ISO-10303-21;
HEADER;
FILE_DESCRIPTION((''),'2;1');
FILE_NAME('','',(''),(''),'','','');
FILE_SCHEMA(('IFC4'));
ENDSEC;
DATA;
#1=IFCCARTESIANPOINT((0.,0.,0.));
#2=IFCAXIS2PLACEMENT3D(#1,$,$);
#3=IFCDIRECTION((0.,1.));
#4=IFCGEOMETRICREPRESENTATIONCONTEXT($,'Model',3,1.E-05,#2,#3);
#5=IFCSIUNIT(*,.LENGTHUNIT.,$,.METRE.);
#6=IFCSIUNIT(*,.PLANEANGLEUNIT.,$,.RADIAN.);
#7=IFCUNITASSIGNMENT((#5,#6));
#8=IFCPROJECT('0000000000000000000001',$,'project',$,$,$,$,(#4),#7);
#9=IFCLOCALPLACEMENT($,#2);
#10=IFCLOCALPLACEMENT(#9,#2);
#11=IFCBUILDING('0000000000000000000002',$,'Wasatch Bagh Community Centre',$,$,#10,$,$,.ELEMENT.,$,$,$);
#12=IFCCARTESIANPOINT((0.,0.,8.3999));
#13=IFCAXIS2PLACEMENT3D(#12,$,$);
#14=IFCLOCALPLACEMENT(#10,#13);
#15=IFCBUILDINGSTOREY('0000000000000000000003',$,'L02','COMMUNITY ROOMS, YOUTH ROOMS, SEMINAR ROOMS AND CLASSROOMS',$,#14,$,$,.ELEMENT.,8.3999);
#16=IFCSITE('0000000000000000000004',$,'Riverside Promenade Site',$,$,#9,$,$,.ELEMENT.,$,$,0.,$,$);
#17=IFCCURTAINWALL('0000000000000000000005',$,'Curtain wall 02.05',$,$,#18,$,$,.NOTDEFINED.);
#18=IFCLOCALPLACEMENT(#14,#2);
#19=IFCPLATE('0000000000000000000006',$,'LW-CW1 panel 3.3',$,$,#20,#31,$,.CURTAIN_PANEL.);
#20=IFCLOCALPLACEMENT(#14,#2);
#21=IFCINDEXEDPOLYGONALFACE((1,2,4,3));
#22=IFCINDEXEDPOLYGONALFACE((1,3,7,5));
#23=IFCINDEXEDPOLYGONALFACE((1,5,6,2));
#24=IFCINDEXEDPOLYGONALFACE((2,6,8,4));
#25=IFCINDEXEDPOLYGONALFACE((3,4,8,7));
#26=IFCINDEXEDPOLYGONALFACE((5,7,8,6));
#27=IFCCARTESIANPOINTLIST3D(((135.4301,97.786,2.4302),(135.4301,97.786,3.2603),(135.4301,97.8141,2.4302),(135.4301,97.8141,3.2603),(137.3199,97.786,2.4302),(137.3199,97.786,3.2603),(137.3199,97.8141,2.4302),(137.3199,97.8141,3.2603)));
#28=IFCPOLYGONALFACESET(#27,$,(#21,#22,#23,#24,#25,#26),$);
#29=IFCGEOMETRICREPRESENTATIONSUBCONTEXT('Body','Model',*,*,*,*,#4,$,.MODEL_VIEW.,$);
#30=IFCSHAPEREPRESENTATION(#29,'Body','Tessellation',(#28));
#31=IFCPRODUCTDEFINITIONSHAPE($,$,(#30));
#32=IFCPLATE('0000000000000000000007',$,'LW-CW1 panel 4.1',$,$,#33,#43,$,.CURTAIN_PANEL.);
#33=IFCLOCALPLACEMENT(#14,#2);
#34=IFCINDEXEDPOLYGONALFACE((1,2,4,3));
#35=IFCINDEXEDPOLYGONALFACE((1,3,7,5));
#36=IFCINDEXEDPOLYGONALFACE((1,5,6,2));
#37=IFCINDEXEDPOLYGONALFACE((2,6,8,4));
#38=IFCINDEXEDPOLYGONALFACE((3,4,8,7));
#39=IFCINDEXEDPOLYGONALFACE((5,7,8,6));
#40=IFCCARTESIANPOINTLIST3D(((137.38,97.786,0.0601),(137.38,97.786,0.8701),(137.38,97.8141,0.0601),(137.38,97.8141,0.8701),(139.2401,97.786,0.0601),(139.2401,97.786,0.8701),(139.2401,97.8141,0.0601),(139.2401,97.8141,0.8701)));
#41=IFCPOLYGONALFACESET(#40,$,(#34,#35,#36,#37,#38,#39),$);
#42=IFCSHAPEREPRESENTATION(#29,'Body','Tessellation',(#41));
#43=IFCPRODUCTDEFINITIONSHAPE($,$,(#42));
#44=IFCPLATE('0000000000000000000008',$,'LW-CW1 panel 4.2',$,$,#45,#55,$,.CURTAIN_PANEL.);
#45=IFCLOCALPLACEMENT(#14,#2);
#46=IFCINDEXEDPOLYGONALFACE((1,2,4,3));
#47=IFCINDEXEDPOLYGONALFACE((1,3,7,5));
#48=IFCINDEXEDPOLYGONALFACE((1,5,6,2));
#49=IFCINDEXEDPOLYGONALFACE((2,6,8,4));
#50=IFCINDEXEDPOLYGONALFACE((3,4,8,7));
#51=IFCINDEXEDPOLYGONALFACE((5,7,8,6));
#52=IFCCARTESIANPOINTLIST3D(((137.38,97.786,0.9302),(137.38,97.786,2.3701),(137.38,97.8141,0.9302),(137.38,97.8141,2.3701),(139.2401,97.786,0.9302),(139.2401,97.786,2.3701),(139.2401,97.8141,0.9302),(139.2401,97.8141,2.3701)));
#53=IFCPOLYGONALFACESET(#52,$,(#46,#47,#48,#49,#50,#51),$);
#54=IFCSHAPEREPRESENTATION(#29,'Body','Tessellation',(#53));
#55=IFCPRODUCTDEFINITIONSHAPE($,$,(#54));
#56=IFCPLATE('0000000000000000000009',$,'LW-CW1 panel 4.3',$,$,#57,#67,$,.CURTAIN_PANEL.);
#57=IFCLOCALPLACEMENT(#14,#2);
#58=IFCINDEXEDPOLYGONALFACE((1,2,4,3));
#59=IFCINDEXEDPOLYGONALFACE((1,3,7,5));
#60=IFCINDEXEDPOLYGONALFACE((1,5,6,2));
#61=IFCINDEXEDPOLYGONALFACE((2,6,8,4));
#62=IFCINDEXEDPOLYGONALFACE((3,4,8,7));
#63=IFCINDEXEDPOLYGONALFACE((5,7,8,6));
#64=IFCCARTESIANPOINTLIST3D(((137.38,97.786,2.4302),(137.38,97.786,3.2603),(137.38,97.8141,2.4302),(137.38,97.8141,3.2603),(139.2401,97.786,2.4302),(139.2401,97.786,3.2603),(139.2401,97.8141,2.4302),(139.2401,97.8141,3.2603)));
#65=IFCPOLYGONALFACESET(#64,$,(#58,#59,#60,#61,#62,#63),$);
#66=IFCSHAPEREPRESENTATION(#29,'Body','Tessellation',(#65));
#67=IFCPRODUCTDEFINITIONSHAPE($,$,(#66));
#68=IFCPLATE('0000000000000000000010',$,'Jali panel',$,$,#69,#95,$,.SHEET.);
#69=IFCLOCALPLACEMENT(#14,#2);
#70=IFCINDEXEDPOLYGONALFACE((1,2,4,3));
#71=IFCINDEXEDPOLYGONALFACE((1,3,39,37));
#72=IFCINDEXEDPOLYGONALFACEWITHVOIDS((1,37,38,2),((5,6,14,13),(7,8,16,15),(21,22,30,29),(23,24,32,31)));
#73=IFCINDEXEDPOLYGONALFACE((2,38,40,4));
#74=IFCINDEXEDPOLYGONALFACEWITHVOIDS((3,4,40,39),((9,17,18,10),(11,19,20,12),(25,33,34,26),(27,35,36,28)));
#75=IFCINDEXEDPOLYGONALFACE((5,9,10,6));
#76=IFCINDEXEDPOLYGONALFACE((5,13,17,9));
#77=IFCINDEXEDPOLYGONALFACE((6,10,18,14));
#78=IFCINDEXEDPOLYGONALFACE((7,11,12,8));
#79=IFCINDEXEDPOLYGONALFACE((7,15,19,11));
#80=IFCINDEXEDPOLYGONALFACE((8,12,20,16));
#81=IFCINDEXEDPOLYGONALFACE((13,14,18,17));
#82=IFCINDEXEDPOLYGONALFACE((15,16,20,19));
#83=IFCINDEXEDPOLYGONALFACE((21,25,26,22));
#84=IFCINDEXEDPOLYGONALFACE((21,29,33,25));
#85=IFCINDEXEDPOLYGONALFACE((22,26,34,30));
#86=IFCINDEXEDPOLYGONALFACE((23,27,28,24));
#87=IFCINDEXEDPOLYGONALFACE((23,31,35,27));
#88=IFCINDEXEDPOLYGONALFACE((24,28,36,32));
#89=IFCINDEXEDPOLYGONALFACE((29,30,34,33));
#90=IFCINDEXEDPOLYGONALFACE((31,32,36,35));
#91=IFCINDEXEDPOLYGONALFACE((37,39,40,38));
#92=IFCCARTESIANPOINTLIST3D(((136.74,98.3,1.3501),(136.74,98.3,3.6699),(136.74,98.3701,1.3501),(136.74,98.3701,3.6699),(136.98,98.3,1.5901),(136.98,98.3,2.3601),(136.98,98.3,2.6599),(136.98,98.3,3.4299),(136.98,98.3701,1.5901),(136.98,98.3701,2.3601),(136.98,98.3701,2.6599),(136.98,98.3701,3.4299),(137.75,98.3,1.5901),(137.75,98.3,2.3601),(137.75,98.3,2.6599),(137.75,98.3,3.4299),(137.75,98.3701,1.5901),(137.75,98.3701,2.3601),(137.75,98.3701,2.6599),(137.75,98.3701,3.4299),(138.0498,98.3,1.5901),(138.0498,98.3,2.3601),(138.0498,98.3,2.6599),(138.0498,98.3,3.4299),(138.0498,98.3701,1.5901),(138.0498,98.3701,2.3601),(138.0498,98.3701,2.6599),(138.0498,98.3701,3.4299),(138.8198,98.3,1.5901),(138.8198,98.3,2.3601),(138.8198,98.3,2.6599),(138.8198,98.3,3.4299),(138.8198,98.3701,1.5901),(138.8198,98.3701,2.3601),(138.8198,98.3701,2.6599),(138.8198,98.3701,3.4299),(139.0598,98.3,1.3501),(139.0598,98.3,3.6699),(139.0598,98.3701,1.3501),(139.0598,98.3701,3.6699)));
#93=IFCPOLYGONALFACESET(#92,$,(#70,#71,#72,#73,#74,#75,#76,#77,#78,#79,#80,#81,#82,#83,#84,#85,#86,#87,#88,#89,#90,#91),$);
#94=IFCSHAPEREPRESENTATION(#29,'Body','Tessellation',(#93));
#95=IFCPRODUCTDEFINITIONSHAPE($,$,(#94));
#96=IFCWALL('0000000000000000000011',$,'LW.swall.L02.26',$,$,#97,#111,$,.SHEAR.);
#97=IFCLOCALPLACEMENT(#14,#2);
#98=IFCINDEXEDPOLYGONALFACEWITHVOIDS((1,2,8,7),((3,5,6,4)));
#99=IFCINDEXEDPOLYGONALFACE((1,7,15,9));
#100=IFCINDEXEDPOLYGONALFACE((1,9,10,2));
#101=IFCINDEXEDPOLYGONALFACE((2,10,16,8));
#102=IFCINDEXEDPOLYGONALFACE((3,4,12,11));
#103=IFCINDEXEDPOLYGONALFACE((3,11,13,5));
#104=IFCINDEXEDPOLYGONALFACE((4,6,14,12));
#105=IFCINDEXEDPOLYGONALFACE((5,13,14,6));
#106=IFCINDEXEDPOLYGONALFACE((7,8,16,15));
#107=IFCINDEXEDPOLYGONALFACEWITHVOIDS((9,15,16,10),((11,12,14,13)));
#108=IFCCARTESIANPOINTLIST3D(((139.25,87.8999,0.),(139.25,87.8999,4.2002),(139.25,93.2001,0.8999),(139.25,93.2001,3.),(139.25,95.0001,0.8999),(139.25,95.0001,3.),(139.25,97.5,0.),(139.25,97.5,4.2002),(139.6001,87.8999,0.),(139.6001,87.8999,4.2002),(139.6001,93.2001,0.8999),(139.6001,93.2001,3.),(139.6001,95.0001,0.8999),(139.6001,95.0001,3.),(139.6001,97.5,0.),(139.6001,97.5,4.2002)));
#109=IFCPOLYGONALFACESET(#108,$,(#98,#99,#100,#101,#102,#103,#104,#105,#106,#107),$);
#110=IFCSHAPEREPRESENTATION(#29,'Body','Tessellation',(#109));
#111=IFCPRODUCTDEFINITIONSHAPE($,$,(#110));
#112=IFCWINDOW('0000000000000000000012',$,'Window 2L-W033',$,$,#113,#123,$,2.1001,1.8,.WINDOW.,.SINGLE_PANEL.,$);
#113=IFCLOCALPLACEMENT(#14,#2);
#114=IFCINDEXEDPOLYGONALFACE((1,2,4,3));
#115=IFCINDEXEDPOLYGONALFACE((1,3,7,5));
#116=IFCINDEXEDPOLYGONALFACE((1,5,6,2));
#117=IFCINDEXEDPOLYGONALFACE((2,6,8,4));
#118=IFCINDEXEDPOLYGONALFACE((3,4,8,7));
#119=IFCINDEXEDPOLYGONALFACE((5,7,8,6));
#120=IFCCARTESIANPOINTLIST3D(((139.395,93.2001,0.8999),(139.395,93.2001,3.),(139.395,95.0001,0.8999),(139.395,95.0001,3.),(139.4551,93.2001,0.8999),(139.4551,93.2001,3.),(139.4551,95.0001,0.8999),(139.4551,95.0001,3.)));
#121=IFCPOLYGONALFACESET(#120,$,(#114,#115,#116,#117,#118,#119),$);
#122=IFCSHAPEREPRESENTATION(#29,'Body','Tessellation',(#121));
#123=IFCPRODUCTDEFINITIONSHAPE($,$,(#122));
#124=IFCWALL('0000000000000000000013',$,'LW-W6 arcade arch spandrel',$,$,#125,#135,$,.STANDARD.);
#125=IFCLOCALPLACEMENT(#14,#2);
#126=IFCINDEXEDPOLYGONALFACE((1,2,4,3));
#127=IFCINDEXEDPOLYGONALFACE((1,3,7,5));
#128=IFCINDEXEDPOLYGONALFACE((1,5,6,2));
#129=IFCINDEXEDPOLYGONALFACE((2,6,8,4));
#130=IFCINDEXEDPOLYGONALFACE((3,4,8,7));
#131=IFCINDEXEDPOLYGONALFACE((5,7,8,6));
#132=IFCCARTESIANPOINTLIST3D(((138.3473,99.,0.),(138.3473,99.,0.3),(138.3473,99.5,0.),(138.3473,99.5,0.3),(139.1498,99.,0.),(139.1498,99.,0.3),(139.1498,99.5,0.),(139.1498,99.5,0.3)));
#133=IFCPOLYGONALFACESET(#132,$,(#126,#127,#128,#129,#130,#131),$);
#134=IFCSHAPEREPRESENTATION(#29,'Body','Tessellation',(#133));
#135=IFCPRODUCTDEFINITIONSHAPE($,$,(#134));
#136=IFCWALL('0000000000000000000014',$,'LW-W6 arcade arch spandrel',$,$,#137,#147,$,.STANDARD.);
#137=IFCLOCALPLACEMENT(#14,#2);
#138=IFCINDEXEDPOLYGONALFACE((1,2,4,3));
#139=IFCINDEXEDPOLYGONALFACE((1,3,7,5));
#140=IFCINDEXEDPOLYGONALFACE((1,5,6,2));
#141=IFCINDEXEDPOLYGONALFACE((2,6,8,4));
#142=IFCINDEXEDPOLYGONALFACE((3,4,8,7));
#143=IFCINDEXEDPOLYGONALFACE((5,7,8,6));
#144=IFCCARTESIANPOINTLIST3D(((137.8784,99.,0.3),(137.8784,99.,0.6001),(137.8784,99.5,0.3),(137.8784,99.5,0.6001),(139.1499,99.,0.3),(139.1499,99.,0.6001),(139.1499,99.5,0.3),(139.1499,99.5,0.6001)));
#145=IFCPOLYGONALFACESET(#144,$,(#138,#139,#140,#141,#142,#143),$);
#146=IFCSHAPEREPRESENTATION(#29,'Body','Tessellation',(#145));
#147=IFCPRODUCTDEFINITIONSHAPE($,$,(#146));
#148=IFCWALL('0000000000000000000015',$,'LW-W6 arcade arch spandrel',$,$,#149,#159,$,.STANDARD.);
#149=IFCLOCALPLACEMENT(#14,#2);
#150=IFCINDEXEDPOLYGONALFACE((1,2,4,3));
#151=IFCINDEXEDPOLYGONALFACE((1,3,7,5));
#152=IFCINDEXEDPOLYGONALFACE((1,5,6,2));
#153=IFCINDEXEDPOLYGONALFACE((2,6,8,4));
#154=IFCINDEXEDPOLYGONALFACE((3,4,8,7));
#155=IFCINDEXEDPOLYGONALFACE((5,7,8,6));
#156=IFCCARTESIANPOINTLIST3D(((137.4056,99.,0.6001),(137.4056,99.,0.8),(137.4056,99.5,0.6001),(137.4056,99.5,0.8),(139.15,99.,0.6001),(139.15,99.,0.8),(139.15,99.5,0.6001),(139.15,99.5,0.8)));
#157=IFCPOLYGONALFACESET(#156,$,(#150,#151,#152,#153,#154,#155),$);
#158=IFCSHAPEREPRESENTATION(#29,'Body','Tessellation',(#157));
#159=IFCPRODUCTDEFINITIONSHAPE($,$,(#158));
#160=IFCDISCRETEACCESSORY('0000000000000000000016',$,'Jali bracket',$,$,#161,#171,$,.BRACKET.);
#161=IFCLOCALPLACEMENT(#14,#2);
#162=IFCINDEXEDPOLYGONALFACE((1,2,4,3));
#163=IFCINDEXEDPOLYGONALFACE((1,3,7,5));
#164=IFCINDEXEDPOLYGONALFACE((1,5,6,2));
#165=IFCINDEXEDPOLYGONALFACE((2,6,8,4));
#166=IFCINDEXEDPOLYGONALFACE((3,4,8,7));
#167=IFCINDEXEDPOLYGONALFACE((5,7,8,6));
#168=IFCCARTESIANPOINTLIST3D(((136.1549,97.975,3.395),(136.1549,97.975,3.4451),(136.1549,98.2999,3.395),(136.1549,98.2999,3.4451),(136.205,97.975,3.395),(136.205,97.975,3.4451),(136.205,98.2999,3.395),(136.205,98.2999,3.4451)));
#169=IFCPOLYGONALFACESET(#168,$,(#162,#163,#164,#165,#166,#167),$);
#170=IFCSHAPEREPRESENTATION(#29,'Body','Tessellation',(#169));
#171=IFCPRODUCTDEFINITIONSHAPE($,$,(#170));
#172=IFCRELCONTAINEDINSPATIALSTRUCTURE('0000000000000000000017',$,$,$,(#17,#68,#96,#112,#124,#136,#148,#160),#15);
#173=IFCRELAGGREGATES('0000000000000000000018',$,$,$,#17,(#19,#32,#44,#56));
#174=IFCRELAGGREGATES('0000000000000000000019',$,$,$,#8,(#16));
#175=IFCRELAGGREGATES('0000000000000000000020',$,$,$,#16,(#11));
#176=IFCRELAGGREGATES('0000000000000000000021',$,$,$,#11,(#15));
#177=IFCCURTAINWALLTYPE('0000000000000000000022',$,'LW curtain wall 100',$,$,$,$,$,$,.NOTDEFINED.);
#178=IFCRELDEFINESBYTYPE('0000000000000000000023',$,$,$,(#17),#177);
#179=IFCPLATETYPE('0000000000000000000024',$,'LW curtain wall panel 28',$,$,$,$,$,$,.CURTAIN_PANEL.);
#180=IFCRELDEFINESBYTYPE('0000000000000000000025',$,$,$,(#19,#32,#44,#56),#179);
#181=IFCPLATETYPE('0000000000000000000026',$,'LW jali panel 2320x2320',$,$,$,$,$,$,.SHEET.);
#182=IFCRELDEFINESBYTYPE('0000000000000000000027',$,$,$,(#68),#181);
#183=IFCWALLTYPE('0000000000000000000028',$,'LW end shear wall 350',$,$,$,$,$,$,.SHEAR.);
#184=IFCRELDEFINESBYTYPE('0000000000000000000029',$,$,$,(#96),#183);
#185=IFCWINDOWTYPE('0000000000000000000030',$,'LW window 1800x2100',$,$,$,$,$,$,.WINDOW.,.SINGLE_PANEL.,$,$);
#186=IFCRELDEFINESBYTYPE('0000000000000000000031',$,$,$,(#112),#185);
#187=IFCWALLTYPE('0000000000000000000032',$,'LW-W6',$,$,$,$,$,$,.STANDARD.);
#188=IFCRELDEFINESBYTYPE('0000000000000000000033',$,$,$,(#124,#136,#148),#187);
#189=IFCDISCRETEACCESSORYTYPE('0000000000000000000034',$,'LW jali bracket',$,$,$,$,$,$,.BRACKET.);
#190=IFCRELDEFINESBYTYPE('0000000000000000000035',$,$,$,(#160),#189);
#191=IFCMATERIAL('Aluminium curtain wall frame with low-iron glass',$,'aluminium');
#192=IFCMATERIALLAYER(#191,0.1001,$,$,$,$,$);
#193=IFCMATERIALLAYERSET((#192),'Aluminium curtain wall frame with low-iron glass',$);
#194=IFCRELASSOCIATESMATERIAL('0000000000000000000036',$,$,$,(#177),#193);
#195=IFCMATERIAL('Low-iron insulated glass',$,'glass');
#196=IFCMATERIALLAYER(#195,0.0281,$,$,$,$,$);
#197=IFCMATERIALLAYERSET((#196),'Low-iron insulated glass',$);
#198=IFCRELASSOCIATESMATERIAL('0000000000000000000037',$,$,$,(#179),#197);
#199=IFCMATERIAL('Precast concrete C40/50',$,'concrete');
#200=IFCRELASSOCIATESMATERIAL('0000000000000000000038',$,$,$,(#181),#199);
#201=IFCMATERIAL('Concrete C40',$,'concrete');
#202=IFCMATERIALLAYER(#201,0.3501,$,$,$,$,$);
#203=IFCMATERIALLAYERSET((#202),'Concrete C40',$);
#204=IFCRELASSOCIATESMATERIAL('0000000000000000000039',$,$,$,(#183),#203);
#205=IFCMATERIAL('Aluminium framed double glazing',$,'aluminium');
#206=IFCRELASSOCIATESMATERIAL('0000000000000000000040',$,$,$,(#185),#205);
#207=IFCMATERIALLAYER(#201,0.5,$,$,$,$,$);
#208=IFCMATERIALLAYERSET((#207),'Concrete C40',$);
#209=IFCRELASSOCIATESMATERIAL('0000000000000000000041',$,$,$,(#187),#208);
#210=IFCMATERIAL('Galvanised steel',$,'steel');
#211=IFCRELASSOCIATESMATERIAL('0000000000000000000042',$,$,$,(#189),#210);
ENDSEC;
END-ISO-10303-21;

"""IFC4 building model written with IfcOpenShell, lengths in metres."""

from ifc_helpers import new_model, si_unit, direction, frame, frame_2d, origin, origin_2d, place, context, subcontext, project, spatial, polyline, rectangle, outline, extrude, material, layer, layer_set, material_profile, profile_set, type_object, element, fill, aggregate, save


model = new_model("IFC4")

# Units and contexts
model_context = context("Model", 3, precision=1e-05, world=origin(), true_north=direction((0.0, 1.0)))
body_context = subcontext(model_context, "Body", "Model", "MODEL_VIEW")
ifc_project = project(units=[si_unit("LENGTHUNIT", "METRE"), si_unit("PLANEANGLEUNIT", "RADIAN")], contexts=[model_context])

# Site, building, storey
site_placement = place(None, origin())
site = spatial("IfcSite", under=ifc_project, at=site_placement, Name="Riverside Promenade Site", CompositionType="ELEMENT", RefElevation=0.0)
building_placement = place(site_placement, origin())
building = spatial("IfcBuilding", under=site, at=building_placement, Name="Wasatch Bagh Community Centre", CompositionType="ELEMENT")
storey_placement = place(building_placement, frame((0.0, 0.0, 8.3999)))
storey = spatial("IfcBuildingStorey", under=building, at=storey_placement, Name="L02", Description="COMMUNITY ROOMS, YOUTH ROOMS, SEMINAR ROOMS AND CLASSROOMS", CompositionType="ELEMENT", Elevation=8.3999)

# Shared definitions
ifc_material_1 = material(Name="Concrete C40", Category="concrete")

# Curtain wall, plates
ifc_material_2 = material(Name="Aluminium curtain wall frame with low-iron glass", Category="aluminium")
ifc_layer_1 = layer(ifc_material_2, 0.1001)
ifc_layer_set_1 = layer_set([ifc_layer_1], Name="Aluminium curtain wall frame with low-iron glass")
curtain_wall_type = type_object("IfcCurtainWallType", Name="LW curtain wall 100", PredefinedType="NOTDEFINED", material=ifc_layer_set_1)
curtain_wall_placement = place(storey_placement, origin())
curtain_wall = element("IfcCurtainWall", 1, at=curtain_wall_placement, inside=storey, type_object=curtain_wall_type, Name="Curtain wall 02.05", PredefinedType="NOTDEFINED")
ifc_material_3 = material(Name="Low-iron insulated glass", Category="glass")
ifc_layer_2 = layer(ifc_material_3, 0.0281)
ifc_layer_set_2 = layer_set([ifc_layer_2], Name="Low-iron insulated glass")
plate_type_1 = type_object("IfcPlateType", Name="LW curtain wall panel 28", PredefinedType="CURTAIN_PANEL", material=ifc_layer_set_2)
plate_1_placement = place(storey_placement, frame((136.375, 97.8, 2.4302), z_axis=(0.0, 0.0, 1.0), x_axis=(1.0, 0.0, 0.0)))
plate_1 = element("IfcPlate", 2, at=plate_1_placement, type_object=plate_type_1, Name="LW-CW1 panel 3.3", PredefinedType="CURTAIN_PANEL", context=body_context, shape_type="SweptSolid", body=[
    extrude(rectangle(XDim=1.8899, YDim=0.0281, at=origin_2d()), origin(), (0.0, 0.0, 1.0), 0.8301),
])
plate_2_placement = place(storey_placement, frame((138.3101, 97.8, 0.0601), z_axis=(0.0, 0.0, 1.0), x_axis=(1.0, 0.0, 0.0)))
plate_2 = element("IfcPlate", 3, at=plate_2_placement, type_object=plate_type_1, Name="LW-CW1 panel 4.1", PredefinedType="CURTAIN_PANEL", context=body_context, shape_type="SweptSolid", body=[
    extrude(rectangle(XDim=1.8601, YDim=0.0281, at=origin_2d()), origin(), (0.0, 0.0, 1.0), 0.8101),
])
plate_3_placement = place(storey_placement, frame((138.3101, 97.8, 0.9302), z_axis=(0.0, 0.0, 1.0), x_axis=(1.0, 0.0, 0.0)))
plate_3 = element("IfcPlate", 4, at=plate_3_placement, type_object=plate_type_1, Name="LW-CW1 panel 4.2", PredefinedType="CURTAIN_PANEL", context=body_context, shape_type="SweptSolid", body=[
    extrude(rectangle(XDim=1.8601, YDim=0.0281, at=origin_2d()), origin(), (0.0, 0.0, 1.0), 1.4399),
])
plate_4_placement = place(storey_placement, frame((138.3101, 97.8, 2.4302), z_axis=(0.0, 0.0, 1.0), x_axis=(1.0, 0.0, 0.0)))
plate_4 = element("IfcPlate", 5, at=plate_4_placement, type_object=plate_type_1, Name="LW-CW1 panel 4.3", PredefinedType="CURTAIN_PANEL", context=body_context, shape_type="SweptSolid", body=[
    extrude(rectangle(XDim=1.8601, YDim=0.0281, at=origin_2d()), origin(), (0.0, 0.0, 1.0), 0.8301),
])
aggregate(curtain_wall, [plate_1, plate_2, plate_3, plate_4])

# Plate
ifc_material_4 = material(Name="Precast concrete C40/50", Category="concrete")
ifc_material_profile_1 = material_profile(ifc_material_4, outline(polyline([(-1.1599, -1.1599), (1.1599, -1.1599), (1.1599, 1.1599), (-1.1599, 1.1599), (-1.1599, -1.1599)]), holes=[polyline([(-0.9199, -0.9199), (-0.1499, -0.9199), (-0.1499, -0.1499), (-0.9199, -0.1499), (-0.9199, -0.9199)]), polyline([(-0.9199, 0.1499), (-0.1499, 0.1499), (-0.1499, 0.9199), (-0.9199, 0.9199), (-0.9199, 0.1499)]), polyline([(0.1499, -0.9199), (0.9199, -0.9199), (0.9199, -0.1499), (0.1499, -0.1499), (0.1499, -0.9199)]), polyline([(0.1499, 0.1499), (0.9199, 0.1499), (0.9199, 0.9199), (0.1499, 0.9199), (0.1499, 0.1499)])]), Name="Jali lattice")
ifc_profile_set_1 = profile_set([ifc_material_profile_1], Name="Precast concrete C40/50")
plate_type_2 = type_object("IfcPlateType", Name="LW jali panel 2320x2320", PredefinedType="SHEET", material=ifc_profile_set_1)
plate_5_placement = place(storey_placement, frame((137.8999, 98.3, 2.51), z_axis=(0.0, 1.0, 0.0), x_axis=(-1.0, 0.0, 0.0)))
element("IfcPlate", 6, at=plate_5_placement, inside=storey, type_object=plate_type_2, Name="Jali panel", PredefinedType="SHEET", context=body_context, shape_type="SweptSolid", body=[
    extrude(outline(polyline([(-1.1599, -1.1599), (1.1599, -1.1599), (1.1599, 1.1599), (-1.1599, 1.1599), (-1.1599, -1.1599)]), holes=[polyline([(-0.9199, -0.9199), (-0.1499, -0.9199), (-0.1499, -0.1499), (-0.9199, -0.1499), (-0.9199, -0.9199)]), polyline([(-0.9199, 0.1499), (-0.1499, 0.1499), (-0.1499, 0.9199), (-0.9199, 0.9199), (-0.9199, 0.1499)]), polyline([(0.1499, -0.9199), (0.9199, -0.9199), (0.9199, -0.1499), (0.1499, -0.1499), (0.1499, -0.9199)]), polyline([(0.1499, 0.1499), (0.9199, 0.1499), (0.9199, 0.9199), (0.1499, 0.9199), (0.1499, 0.1499)])]), origin(), (0.0, 0.0, 1.0), 0.0701),
])

# Wall, opening, window
ifc_layer_3 = layer(ifc_material_1, 0.3501)
ifc_layer_set_3 = layer_set([ifc_layer_3], Name="Concrete C40")
wall_type_1 = type_object("IfcWallType", Name="LW end shear wall 350", PredefinedType="SHEAR", material=ifc_layer_set_3)
wall_1_placement = place(storey_placement, frame((139.425, 97.5, 0.0), z_axis=(0.0, 0.0, 1.0), x_axis=(0.0, -1.0, 0.0)))
wall_1 = element("IfcWall", 7, at=wall_1_placement, inside=storey, type_object=wall_type_1, Name="LW.swall.L02.26", PredefinedType="SHEAR", context=body_context, shape_type="SweptSolid", body=[
    extrude(rectangle(XDim=9.6001, YDim=0.3501, at=frame_2d((4.8, 0.0))), origin(), (0.0, 0.0, 1.0), 4.2002),
])
opening_placement = place(wall_1_placement, frame((2.5, 0.0, 0.8999)))
opening = element("IfcOpeningElement", 8, at=opening_placement, cuts=wall_1, PredefinedType="OPENING", context=body_context, shape_type="SweptSolid", body=[
    extrude(rectangle(XDim=1.8, YDim=2.1001, at=frame_2d((0.8999, 1.05))), frame((0.0, 0.1851, 0.0), z_axis=(0.0, -1.0, 0.0), x_axis=(1.0, 0.0, 0.0)), (0.0, 0.0, 1.0), 0.3701),
])
ifc_material_5 = material(Name="Aluminium framed double glazing", Category="aluminium")
window_type = type_object("IfcWindowType", Name="LW window 1800x2100", PartitioningType="SINGLE_PANEL", PredefinedType="WINDOW", material=ifc_material_5)
window_placement = place(opening_placement, origin())
window = element("IfcWindow", 9, at=window_placement, inside=storey, type_object=window_type, Name="Window 2L-W033", OverallHeight=2.1001, OverallWidth=1.8, PartitioningType="SINGLE_PANEL", PredefinedType="WINDOW", context=body_context, shape_type="SweptSolid", body=[
    extrude(rectangle(XDim=1.8, YDim=2.1001, at=frame_2d((0.8999, 1.05))), frame((0.0, 0.03, 0.0), z_axis=(0.0, -1.0, 0.0), x_axis=(1.0, 0.0, 0.0)), (0.0, 0.0, 1.0), 0.0601),
])
fill(opening, window)

# Walls
ifc_layer_4 = layer(ifc_material_1, 0.5)
ifc_layer_set_4 = layer_set([ifc_layer_4], Name="Concrete C40")
wall_type_2 = type_object("IfcWallType", Name="LW-W6", PredefinedType="STANDARD", material=ifc_layer_set_4)
wall_2_placement = place(storey_placement, frame((139.1499, 99.25, 0.0), z_axis=(0.0, 0.0, 1.0), x_axis=(-1.0, 0.0, 0.0)))
element("IfcWall", 10, at=wall_2_placement, inside=storey, type_object=wall_type_2, Name="LW-W6 arcade arch spandrel", PredefinedType="STANDARD", context=body_context, shape_type="SweptSolid", body=[
    extrude(rectangle(XDim=0.8025, YDim=0.5, at=frame_2d((0.4014, 0.0))), origin(), (0.0, 0.0, 1.0), 0.3),
])
wall_3_placement = place(storey_placement, frame((139.1499, 99.25, 0.3), z_axis=(0.0, 0.0, 1.0), x_axis=(-1.0, 0.0, 0.0)))
element("IfcWall", 11, at=wall_3_placement, inside=storey, type_object=wall_type_2, Name="LW-W6 arcade arch spandrel", PredefinedType="STANDARD", context=body_context, shape_type="SweptSolid", body=[
    extrude(rectangle(XDim=1.2715, YDim=0.5, at=frame_2d((0.6357, 0.0))), origin(), (0.0, 0.0, 1.0), 0.3),
])
wall_4_placement = place(storey_placement, frame((139.1499, 99.25, 0.6001), z_axis=(0.0, 0.0, 1.0), x_axis=(-1.0, 0.0, 0.0)))
element("IfcWall", 12, at=wall_4_placement, inside=storey, type_object=wall_type_2, Name="LW-W6 arcade arch spandrel", PredefinedType="STANDARD", context=body_context, shape_type="SweptSolid", body=[
    extrude(rectangle(XDim=1.7444, YDim=0.5, at=frame_2d((0.8721, 0.0))), origin(), (0.0, 0.0, 1.0), 0.2),
])

# Discrete accessory
ifc_material_6 = material(Name="Galvanised steel", Category="steel")
discrete_accessory_type = type_object("IfcDiscreteAccessoryType", Name="LW jali bracket", PredefinedType="BRACKET", material=ifc_material_6)
for number, where, z_axis, x_axis, name in (
    (13, (136.1799, 98.1375, 3.395), (0.0, 0.0, 1.0), (1.0, 0.0, 0.0), "Jali bracket"),
):
    element("IfcDiscreteAccessory", number, at=place(storey_placement, frame(where, z_axis=z_axis, x_axis=x_axis)), inside=storey, type_object=discrete_accessory_type, Name=name, PredefinedType="BRACKET", context=body_context, shape_type="SweptSolid", body=[
        extrude(rectangle(XDim=0.05, YDim=0.325, at=origin_2d()), origin(), (0.0, 0.0, 1.0), 0.05),
    ])

save(model, "model.ifc")
